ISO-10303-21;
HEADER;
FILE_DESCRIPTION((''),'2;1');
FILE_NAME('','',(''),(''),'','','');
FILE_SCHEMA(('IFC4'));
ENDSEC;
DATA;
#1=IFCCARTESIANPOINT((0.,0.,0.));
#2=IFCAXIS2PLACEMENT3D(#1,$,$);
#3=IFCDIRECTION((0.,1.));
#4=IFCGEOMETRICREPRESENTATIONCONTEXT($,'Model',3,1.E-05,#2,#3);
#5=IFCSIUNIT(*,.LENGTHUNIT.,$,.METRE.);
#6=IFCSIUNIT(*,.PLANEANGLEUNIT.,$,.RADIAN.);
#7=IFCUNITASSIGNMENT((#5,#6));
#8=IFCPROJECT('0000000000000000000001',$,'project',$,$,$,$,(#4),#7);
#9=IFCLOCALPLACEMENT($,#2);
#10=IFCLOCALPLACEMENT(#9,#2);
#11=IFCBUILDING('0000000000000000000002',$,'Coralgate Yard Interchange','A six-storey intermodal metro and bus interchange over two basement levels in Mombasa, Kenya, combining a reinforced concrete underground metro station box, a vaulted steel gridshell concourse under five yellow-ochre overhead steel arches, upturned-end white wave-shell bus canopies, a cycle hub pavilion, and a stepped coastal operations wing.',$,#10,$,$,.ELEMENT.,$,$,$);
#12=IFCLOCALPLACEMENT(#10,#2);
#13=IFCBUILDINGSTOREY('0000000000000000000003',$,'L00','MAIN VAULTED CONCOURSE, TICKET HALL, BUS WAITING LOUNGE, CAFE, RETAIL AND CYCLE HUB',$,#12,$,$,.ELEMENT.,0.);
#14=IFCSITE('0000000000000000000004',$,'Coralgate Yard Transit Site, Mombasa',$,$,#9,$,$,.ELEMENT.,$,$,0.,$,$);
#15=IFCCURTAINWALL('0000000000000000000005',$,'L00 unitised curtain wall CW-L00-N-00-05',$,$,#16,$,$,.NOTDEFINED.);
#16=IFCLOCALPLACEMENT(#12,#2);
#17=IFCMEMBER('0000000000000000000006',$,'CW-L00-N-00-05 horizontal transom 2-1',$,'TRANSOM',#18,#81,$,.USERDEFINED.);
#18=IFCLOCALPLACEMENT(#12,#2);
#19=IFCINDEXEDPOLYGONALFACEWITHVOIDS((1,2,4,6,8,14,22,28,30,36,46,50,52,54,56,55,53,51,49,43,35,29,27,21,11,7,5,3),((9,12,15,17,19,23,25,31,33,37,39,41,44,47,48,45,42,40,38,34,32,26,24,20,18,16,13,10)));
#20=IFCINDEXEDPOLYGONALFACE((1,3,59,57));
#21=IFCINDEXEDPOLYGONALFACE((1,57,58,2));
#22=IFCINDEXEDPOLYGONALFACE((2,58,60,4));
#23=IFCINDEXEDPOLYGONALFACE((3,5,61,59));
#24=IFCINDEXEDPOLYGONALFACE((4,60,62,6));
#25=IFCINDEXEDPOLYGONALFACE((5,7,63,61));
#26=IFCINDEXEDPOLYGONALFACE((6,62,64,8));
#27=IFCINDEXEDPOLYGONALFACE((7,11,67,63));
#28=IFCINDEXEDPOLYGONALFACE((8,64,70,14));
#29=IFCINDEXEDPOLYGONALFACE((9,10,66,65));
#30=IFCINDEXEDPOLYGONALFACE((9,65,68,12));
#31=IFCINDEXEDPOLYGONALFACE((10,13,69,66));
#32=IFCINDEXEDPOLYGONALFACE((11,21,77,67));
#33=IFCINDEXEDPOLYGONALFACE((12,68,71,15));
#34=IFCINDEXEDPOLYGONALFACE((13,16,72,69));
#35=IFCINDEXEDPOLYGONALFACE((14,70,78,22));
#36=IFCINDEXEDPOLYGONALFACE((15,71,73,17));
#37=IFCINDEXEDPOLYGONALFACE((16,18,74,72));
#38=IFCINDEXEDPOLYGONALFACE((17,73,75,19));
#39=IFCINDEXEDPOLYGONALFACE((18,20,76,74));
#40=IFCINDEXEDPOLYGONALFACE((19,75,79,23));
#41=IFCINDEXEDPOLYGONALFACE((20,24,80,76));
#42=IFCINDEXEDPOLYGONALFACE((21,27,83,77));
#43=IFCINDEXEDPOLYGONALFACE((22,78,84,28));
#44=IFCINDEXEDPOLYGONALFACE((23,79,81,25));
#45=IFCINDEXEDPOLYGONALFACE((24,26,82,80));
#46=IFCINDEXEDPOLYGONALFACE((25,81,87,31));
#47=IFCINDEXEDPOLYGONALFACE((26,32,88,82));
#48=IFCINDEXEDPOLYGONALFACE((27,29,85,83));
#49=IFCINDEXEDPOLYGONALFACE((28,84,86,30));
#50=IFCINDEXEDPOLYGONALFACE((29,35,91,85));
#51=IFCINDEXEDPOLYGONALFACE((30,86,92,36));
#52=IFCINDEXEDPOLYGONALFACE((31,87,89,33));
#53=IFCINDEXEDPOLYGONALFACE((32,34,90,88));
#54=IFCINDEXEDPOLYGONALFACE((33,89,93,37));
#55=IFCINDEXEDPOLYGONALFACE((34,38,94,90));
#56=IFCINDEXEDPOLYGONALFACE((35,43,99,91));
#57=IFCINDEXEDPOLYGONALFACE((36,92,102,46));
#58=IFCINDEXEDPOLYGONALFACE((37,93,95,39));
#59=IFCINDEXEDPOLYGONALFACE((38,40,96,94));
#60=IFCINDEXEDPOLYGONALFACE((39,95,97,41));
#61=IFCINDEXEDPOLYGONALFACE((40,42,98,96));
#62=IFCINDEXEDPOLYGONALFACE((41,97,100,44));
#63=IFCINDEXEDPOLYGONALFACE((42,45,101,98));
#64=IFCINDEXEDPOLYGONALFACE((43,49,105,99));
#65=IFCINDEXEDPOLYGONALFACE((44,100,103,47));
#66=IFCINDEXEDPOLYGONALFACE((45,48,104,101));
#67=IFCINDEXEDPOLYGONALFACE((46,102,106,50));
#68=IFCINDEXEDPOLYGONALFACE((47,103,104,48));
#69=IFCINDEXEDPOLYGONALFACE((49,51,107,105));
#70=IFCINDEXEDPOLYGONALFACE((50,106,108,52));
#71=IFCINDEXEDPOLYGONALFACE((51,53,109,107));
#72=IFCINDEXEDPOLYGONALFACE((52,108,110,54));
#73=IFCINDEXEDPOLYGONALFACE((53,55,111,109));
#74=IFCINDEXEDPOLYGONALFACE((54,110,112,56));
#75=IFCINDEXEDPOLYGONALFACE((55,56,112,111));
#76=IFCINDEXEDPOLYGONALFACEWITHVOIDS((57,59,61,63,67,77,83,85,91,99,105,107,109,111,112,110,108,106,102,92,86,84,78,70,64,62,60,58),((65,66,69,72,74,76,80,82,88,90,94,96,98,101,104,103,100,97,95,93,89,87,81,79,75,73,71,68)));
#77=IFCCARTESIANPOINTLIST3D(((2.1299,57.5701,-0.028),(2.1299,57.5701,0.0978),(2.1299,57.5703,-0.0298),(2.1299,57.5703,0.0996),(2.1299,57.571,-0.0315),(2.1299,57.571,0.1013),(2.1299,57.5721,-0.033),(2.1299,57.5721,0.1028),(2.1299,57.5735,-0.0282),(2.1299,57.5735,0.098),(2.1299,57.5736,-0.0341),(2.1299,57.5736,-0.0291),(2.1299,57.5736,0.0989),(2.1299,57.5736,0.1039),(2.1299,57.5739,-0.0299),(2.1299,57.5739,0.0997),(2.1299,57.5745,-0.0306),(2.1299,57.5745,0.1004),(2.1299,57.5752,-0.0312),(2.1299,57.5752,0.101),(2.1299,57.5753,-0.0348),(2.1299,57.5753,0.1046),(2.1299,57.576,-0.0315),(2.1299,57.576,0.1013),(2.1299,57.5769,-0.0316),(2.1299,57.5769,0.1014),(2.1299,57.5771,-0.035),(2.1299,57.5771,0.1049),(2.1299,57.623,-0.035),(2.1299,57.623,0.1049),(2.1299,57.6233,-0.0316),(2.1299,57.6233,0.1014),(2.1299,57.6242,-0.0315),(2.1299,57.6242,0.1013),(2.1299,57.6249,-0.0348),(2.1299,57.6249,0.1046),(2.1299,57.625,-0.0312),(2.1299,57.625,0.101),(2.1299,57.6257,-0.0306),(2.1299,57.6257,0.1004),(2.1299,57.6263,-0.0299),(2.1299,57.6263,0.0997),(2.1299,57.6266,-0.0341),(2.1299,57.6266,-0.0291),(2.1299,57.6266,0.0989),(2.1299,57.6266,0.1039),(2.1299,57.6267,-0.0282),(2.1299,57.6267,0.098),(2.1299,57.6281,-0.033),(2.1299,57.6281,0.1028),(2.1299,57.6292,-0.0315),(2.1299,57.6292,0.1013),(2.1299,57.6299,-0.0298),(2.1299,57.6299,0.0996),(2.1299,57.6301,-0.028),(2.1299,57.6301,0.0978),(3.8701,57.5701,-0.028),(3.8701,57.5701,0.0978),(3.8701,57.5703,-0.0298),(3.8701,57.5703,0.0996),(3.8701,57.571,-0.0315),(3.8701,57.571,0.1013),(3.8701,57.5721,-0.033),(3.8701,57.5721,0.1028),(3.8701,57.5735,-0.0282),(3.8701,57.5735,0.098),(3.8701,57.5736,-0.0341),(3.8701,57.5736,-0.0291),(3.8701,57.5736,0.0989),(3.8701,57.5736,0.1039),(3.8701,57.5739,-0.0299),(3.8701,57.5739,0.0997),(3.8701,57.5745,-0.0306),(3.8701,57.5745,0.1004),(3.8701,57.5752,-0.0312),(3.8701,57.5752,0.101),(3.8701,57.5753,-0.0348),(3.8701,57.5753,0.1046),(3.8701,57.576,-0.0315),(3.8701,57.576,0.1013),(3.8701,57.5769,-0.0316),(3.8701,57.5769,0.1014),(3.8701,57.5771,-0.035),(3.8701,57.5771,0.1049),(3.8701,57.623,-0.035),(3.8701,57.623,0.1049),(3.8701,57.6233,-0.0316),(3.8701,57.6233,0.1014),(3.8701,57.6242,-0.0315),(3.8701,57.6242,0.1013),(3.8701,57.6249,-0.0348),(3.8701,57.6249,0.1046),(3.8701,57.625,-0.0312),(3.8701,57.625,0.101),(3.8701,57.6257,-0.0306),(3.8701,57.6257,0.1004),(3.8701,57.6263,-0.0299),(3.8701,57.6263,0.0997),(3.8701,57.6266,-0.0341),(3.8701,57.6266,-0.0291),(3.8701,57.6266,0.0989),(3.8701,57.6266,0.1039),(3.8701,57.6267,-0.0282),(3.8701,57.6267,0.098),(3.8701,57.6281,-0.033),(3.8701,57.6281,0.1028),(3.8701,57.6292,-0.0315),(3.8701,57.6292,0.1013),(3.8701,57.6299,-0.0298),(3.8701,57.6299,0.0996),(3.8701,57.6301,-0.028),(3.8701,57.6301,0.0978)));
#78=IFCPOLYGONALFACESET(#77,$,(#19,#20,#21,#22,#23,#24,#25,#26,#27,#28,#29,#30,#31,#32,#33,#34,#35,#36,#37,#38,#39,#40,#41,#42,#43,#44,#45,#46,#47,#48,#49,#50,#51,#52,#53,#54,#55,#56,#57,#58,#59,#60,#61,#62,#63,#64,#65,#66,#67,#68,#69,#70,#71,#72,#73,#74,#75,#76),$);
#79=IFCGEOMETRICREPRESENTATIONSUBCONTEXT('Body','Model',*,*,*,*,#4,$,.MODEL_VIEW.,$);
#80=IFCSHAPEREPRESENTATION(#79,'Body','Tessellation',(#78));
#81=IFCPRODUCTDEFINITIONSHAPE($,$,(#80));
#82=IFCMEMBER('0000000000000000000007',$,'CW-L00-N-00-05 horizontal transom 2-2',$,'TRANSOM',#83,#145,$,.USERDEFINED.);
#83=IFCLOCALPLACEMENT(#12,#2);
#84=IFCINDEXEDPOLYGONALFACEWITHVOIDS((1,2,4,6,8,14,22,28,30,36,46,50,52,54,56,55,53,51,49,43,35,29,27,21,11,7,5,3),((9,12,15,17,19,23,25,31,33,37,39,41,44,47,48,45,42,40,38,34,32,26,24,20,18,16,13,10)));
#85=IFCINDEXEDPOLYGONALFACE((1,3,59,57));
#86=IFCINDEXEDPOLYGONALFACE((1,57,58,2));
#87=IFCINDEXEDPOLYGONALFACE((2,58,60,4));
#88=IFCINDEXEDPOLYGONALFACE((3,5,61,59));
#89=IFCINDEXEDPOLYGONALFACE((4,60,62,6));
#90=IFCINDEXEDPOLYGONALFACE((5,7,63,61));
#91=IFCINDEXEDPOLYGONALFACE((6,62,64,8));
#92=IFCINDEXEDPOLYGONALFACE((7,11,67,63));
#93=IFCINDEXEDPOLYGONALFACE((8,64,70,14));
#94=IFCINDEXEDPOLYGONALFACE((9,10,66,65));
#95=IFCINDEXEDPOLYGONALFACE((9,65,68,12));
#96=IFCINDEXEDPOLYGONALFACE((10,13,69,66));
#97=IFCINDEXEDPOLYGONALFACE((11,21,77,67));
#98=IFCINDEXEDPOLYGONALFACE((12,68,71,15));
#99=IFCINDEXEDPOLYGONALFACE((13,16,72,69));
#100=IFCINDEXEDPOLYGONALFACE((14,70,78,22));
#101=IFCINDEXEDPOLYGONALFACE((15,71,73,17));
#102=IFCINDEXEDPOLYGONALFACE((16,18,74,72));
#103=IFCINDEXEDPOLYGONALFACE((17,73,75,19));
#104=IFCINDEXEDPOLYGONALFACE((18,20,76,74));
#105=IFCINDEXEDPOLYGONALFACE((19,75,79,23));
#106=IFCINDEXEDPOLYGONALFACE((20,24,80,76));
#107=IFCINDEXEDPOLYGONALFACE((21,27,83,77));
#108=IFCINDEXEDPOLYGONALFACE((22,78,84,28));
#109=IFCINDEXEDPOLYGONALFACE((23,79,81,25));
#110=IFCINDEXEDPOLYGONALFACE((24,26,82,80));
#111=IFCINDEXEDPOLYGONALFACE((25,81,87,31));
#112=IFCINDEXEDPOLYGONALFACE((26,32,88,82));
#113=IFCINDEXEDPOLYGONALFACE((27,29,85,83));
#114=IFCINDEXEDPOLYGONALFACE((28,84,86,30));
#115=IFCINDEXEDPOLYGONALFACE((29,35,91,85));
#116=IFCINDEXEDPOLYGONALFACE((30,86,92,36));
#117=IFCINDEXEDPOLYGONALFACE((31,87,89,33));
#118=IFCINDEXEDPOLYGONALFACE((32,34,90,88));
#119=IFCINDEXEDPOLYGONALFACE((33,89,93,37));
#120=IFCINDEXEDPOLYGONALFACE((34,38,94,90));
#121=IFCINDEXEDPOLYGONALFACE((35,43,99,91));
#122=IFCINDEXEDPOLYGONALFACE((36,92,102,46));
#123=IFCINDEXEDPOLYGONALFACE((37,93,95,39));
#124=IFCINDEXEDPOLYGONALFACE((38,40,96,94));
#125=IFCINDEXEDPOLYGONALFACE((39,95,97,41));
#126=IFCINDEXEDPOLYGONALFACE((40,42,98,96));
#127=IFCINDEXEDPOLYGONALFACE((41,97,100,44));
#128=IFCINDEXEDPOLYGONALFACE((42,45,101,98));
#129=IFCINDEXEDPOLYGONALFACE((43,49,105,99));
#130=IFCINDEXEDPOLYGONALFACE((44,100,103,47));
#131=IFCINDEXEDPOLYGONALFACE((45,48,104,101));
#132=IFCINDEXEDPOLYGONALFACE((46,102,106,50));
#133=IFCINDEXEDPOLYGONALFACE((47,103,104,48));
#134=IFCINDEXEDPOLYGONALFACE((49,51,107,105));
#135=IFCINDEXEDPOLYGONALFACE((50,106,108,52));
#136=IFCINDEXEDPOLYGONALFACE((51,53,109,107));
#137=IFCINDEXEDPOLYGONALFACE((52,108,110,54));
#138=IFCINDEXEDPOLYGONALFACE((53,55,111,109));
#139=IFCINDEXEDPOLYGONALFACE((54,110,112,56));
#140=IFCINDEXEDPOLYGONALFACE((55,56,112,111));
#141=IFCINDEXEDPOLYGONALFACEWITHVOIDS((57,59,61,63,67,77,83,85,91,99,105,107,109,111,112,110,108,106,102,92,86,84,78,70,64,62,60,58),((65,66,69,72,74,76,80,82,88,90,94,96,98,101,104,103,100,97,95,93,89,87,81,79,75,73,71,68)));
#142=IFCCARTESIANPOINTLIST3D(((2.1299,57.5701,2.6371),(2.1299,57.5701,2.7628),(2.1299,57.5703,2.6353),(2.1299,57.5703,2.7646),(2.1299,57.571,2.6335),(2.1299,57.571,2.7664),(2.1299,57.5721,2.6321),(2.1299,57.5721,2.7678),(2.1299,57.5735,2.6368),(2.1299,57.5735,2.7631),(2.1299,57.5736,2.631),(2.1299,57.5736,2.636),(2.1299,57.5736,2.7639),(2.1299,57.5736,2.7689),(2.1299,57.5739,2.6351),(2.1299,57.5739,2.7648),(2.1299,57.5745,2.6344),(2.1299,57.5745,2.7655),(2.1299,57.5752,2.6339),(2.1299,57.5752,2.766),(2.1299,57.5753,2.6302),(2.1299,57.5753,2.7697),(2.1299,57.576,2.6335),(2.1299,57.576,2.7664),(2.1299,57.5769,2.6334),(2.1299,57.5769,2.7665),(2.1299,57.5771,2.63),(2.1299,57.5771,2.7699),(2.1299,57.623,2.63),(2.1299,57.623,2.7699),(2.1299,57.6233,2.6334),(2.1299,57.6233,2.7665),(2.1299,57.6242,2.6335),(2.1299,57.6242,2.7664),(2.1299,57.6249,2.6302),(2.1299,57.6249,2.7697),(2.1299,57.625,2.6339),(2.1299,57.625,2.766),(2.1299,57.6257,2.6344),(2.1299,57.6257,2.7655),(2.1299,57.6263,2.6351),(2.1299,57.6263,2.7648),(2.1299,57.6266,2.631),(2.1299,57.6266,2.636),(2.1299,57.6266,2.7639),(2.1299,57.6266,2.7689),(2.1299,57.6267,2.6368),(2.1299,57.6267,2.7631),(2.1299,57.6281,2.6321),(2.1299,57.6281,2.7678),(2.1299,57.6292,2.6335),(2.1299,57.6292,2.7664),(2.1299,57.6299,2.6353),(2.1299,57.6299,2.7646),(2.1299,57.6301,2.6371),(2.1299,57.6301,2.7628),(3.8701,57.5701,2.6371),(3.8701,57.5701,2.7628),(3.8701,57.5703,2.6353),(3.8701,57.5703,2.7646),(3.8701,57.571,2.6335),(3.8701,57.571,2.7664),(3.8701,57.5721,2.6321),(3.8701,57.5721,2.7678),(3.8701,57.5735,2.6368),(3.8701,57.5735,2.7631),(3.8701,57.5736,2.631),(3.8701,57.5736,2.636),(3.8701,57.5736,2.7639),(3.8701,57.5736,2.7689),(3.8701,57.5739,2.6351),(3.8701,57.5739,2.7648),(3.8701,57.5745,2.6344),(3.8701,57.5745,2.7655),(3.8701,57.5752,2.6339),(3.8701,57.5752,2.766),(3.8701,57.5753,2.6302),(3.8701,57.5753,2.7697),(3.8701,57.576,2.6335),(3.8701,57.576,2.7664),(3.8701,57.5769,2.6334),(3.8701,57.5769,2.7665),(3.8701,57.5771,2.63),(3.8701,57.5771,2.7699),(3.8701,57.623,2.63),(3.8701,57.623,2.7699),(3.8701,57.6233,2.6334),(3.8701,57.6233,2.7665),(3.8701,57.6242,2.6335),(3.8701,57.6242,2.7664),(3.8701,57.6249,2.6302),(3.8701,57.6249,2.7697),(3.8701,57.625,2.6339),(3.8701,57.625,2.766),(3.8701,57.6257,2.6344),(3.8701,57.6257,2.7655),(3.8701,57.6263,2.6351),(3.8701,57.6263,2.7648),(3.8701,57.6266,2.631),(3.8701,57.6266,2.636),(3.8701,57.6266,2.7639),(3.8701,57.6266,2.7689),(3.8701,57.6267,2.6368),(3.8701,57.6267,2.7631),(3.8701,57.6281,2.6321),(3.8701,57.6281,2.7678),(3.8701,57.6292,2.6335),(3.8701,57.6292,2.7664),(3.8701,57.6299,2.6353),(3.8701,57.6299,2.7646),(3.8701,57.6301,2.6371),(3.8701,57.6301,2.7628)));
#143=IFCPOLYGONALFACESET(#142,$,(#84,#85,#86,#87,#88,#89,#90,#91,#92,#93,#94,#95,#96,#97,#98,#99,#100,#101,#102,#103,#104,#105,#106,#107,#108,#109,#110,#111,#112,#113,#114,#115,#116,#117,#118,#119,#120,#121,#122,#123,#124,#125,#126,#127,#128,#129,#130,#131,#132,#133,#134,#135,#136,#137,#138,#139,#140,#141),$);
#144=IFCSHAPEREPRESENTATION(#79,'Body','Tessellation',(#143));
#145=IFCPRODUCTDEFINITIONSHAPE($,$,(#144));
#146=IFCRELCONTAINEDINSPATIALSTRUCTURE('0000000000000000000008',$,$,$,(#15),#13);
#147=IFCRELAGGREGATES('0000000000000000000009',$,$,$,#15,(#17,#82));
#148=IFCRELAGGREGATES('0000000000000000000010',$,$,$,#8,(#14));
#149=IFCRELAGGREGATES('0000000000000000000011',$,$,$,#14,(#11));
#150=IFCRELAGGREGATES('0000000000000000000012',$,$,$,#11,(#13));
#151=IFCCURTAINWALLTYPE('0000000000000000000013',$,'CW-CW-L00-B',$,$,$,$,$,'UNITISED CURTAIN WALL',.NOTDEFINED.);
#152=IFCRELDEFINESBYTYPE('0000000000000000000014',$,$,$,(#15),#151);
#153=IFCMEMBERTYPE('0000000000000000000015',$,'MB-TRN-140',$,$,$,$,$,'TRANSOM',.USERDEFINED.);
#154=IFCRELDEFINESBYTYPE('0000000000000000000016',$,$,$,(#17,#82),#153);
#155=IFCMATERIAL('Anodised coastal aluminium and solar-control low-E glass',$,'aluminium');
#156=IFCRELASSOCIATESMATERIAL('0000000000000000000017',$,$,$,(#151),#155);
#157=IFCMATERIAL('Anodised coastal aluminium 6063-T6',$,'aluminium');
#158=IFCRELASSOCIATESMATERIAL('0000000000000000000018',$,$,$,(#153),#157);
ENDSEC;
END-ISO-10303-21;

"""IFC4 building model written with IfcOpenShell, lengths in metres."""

from ifc_helpers import new_model, si_unit, direction, frame, origin, origin_2d, place, context, subcontext, project, spatial, hollow_rectangle, extrude, material, material_profile, profile_set, type_object, element, aggregate, save


model = new_model("IFC4")

# Units and contexts
model_context = context("Model", 3, precision=1e-05, world=origin(), true_north=direction((0.0, 1.0)))
body_context = subcontext(model_context, "Body", "Model", "MODEL_VIEW")
ifc_project = project(units=[si_unit("LENGTHUNIT", "METRE"), si_unit("PLANEANGLEUNIT", "RADIAN")], contexts=[model_context])

# Site, building, storey
site_placement = place(None, origin())
site = spatial("IfcSite", under=ifc_project, at=site_placement, Name="Coralgate Yard Transit Site, Mombasa", CompositionType="ELEMENT", RefElevation=0.0)
building_placement = place(site_placement, origin())
building = spatial("IfcBuilding", under=site, at=building_placement, Name="Coralgate Yard Interchange", Description="A six-storey intermodal metro and bus interchange over two basement levels in Mombasa, Kenya, combining a reinforced concrete underground metro station box, a vaulted steel gridshell concourse under five yellow-ochre overhead steel arches, upturned-end white wave-shell bus canopies, a cycle hub pavilion, and a stepped coastal operations wing.", CompositionType="ELEMENT")
storey_placement = place(building_placement, origin())
storey = spatial("IfcBuildingStorey", under=building, at=storey_placement, Name="L00", Description="MAIN VAULTED CONCOURSE, TICKET HALL, BUS WAITING LOUNGE, CAFE, RETAIL AND CYCLE HUB", CompositionType="ELEMENT", Elevation=0.0)

# Curtain wall, members
ifc_material_1 = material(Name="Anodised coastal aluminium and solar-control low-E glass", Category="aluminium")
curtain_wall_type = type_object("IfcCurtainWallType", Name="CW-CW-L00-B", ElementType="UNITISED CURTAIN WALL", PredefinedType="NOTDEFINED", material=ifc_material_1)
curtain_wall_placement = place(storey_placement, origin())
curtain_wall = element("IfcCurtainWall", 1, at=curtain_wall_placement, inside=storey, type_object=curtain_wall_type, Name="L00 unitised curtain wall CW-L00-N-00-05", PredefinedType="NOTDEFINED")
ifc_material_2 = material(Name="Anodised coastal aluminium 6063-T6", Category="aluminium")
ifc_material_profile_1 = material_profile(ifc_material_2, hollow_rectangle(XDim=0.0601, YDim=0.1399, WallThickness=0.0034, InnerFilletRadius=0.0034, OuterFilletRadius=0.0071, at=origin_2d()), Name="ALU 60x140x3.5")
ifc_profile_set_1 = profile_set([ifc_material_profile_1], Name="Anodised coastal aluminium 6063-T6")
member_type_1 = type_object("IfcMemberType", Name="MB-TRN-140", ElementType="TRANSOM", PredefinedType="USERDEFINED", material=ifc_profile_set_1)
member_1_placement = place(storey_placement, frame((2.1299, 57.6001, 0.0349), z_axis=(1.0, 0.0, 0.0), x_axis=(0.0, 1.0, 0.0)))
member_1 = element("IfcMember", 2, at=member_1_placement, type_object=member_type_1, Name="CW-L00-N-00-05 horizontal transom 2-1", ObjectType="TRANSOM", PredefinedType="USERDEFINED", context=body_context, shape_type="SweptSolid", body=[
    extrude(hollow_rectangle(XDim=0.0601, YDim=0.1399, WallThickness=0.0034, InnerFilletRadius=0.0034, OuterFilletRadius=0.0071, at=origin_2d()), origin(), (0.0, 0.0, 1.0), 1.7402),
])
member_2_placement = place(storey_placement, frame((2.1299, 57.6001, 2.7), z_axis=(1.0, 0.0, 0.0), x_axis=(0.0, 1.0, 0.0)))
member_2 = element("IfcMember", 3, at=member_2_placement, type_object=member_type_1, Name="CW-L00-N-00-05 horizontal transom 2-2", ObjectType="TRANSOM", PredefinedType="USERDEFINED", context=body_context, shape_type="SweptSolid", body=[
    extrude(hollow_rectangle(XDim=0.0601, YDim=0.1399, WallThickness=0.0034, InnerFilletRadius=0.0034, OuterFilletRadius=0.0071, at=origin_2d()), origin(), (0.0, 0.0, 1.0), 1.7402),
])
aggregate(curtain_wall, [member_1, member_2])

save(model, "model.ifc")
